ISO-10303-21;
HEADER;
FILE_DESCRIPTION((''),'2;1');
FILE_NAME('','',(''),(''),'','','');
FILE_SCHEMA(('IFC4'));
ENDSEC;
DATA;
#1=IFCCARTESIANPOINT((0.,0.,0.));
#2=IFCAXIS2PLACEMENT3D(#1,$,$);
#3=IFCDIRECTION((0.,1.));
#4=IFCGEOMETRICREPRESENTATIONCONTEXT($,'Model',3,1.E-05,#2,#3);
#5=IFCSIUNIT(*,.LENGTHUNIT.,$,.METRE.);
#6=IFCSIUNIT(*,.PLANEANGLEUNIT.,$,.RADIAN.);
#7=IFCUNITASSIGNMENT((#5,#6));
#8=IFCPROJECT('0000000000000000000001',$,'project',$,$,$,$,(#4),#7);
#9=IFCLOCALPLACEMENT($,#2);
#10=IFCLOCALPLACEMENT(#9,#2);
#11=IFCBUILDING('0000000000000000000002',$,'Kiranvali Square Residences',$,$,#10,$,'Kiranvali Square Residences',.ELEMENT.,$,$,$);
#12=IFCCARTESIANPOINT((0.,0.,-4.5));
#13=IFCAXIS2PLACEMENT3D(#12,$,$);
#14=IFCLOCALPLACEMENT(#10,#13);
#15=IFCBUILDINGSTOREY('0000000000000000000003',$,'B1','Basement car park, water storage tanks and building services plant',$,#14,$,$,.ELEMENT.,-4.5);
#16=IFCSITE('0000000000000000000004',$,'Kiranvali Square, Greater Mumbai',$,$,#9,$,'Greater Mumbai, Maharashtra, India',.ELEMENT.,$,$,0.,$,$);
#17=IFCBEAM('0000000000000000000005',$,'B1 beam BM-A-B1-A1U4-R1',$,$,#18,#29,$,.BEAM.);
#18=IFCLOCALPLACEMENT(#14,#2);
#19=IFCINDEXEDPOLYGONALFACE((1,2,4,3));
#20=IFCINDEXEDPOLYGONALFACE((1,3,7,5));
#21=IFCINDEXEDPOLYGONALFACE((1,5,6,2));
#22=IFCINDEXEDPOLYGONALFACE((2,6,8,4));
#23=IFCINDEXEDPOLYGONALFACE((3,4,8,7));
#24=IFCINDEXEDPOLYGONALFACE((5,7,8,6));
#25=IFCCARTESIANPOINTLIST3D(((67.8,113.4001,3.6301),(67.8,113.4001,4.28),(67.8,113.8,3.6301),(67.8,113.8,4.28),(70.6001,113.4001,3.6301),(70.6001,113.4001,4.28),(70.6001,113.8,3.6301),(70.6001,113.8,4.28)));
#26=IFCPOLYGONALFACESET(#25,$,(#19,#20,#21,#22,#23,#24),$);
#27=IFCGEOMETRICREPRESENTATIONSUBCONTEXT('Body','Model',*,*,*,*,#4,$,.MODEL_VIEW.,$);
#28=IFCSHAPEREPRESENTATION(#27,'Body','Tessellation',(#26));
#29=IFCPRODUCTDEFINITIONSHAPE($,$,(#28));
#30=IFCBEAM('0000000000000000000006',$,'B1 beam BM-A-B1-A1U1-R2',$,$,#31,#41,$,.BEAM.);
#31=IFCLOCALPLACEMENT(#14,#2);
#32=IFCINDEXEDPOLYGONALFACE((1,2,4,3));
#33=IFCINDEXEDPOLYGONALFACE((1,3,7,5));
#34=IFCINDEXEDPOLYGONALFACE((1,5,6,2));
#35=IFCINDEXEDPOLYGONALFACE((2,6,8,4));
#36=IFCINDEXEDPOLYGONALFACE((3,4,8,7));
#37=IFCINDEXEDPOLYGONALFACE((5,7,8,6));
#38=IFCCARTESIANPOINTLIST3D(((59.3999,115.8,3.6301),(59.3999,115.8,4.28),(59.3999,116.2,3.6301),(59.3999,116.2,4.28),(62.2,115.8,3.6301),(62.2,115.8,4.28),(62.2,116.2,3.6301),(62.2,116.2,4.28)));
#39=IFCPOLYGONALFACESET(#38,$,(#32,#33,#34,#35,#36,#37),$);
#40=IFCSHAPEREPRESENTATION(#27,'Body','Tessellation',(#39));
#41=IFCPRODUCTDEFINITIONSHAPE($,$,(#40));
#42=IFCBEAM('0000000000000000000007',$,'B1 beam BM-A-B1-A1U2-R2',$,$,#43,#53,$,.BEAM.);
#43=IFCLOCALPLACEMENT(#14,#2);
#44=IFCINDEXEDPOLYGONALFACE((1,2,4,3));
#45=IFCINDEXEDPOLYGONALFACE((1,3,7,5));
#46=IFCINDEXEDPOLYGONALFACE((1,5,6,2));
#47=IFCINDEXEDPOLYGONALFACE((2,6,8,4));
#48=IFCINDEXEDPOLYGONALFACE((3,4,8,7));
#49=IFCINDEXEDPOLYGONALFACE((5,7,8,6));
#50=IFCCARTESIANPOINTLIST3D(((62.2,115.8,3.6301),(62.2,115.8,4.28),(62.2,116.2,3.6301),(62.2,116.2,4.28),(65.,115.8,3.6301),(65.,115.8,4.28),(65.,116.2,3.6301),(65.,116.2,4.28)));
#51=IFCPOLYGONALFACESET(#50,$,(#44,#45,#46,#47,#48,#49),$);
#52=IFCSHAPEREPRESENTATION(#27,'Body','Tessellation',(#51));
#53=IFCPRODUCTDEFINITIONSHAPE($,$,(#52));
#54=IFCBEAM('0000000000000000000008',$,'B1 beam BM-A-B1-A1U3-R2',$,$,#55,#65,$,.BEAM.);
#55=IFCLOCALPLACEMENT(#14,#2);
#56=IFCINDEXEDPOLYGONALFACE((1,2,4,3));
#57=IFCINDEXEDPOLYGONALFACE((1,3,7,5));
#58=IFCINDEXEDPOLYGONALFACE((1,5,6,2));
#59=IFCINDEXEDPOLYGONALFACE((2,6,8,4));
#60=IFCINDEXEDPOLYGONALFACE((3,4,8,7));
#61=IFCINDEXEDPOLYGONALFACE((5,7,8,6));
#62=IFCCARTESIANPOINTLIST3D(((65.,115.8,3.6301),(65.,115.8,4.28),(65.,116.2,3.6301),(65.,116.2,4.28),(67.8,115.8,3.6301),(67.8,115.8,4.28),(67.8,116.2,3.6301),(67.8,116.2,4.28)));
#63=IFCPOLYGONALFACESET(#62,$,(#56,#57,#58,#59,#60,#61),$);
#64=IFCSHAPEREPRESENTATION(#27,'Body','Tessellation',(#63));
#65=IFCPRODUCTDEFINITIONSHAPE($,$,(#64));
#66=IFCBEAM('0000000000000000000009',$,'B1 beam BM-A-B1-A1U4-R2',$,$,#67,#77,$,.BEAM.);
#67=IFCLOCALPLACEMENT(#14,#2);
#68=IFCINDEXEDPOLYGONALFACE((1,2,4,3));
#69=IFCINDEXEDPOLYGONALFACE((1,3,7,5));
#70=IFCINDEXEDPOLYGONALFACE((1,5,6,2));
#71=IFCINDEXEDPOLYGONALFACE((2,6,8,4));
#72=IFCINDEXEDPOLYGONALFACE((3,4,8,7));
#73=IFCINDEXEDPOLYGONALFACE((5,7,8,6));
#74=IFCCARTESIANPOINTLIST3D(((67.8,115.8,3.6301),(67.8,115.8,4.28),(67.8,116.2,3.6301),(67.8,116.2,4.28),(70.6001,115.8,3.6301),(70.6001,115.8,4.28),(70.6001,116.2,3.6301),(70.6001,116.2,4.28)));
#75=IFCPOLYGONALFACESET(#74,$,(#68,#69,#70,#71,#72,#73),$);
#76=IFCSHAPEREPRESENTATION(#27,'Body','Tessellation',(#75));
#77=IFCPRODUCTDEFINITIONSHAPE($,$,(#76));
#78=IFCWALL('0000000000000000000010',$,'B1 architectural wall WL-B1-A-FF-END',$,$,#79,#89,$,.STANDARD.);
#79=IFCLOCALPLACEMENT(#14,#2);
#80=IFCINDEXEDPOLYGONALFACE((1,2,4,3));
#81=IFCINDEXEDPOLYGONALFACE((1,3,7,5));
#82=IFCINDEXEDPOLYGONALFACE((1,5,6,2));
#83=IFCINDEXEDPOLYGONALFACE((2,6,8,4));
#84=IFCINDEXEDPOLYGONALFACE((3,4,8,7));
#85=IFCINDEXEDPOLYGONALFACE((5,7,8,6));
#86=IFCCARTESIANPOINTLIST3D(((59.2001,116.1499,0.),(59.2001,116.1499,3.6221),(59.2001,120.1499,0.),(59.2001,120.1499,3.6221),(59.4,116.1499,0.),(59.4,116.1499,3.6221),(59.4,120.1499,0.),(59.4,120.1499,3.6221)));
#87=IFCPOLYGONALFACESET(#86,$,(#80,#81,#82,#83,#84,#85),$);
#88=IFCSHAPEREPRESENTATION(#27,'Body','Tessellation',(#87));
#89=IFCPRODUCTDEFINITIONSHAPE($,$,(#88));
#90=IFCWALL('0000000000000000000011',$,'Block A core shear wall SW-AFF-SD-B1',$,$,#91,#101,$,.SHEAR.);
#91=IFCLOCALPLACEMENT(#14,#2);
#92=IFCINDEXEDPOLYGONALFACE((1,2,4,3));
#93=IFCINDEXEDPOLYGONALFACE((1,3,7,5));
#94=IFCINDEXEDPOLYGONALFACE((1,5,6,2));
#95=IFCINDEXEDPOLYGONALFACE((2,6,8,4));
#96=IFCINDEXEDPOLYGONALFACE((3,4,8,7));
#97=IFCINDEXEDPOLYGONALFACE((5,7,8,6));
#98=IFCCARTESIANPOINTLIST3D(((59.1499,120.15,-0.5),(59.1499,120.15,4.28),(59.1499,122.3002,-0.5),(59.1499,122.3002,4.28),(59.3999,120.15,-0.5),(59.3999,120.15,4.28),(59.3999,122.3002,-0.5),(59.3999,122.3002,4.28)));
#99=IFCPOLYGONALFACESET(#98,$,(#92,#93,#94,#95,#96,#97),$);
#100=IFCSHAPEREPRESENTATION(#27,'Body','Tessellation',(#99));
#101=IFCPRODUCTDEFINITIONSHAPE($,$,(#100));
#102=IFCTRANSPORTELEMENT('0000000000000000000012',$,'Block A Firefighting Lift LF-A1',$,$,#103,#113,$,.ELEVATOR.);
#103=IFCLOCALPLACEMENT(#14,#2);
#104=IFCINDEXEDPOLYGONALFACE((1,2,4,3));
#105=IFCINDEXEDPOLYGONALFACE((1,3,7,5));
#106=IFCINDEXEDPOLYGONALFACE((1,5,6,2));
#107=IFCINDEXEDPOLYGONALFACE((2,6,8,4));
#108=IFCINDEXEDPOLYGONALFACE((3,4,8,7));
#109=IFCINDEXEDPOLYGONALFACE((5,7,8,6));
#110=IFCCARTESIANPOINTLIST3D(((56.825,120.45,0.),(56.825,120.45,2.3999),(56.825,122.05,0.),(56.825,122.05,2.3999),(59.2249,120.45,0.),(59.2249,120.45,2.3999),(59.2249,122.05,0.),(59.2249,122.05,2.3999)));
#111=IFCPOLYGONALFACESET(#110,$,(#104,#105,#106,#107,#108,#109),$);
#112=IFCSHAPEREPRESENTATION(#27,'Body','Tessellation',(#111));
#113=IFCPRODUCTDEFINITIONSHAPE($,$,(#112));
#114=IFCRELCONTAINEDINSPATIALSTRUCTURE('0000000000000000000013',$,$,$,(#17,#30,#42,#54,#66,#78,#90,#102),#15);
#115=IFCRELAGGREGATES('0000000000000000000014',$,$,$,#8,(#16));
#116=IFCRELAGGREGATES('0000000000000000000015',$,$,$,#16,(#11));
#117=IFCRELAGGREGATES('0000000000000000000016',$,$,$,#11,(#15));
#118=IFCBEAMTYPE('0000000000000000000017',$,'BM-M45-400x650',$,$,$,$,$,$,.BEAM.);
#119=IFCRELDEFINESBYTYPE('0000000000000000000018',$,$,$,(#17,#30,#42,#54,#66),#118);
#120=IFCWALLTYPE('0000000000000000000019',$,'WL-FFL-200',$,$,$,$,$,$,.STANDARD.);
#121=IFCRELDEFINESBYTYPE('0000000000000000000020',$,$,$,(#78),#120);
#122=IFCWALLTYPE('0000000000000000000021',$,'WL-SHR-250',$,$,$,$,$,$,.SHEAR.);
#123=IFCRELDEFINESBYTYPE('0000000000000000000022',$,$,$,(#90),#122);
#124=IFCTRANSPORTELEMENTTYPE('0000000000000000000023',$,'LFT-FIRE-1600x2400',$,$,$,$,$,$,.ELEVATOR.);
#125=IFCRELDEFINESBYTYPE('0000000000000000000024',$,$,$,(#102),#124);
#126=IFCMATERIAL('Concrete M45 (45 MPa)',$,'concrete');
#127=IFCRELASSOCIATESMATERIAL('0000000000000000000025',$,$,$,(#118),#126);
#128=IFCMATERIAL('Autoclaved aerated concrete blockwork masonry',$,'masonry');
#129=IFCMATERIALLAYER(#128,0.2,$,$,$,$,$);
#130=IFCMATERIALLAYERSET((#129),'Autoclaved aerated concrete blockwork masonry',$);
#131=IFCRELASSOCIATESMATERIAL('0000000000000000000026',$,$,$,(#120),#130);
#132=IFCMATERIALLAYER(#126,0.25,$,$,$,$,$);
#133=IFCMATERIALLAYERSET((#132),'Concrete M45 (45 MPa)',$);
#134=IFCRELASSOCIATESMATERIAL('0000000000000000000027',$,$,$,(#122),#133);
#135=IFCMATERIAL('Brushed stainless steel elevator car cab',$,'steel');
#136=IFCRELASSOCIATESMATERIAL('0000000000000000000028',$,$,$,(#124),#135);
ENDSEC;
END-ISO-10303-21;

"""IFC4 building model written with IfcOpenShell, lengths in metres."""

from ifc_helpers import new_model, si_unit, direction, frame, frame_2d, origin, origin_2d, place, context, subcontext, project, spatial, rectangle, extrude, material, layer, layer_set, material_profile, profile_set, type_object, element, save


model = new_model("IFC4")

# Units and contexts
model_context = context("Model", 3, precision=1e-05, world=origin(), true_north=direction((0.0, 1.0)))
body_context = subcontext(model_context, "Body", "Model", "MODEL_VIEW")
ifc_project = project(units=[si_unit("LENGTHUNIT", "METRE"), si_unit("PLANEANGLEUNIT", "RADIAN")], contexts=[model_context])

# Site, building, storey
site_placement = place(None, origin())
site = spatial("IfcSite", under=ifc_project, at=site_placement, Name="Kiranvali Square, Greater Mumbai", LongName="Greater Mumbai, Maharashtra, India", CompositionType="ELEMENT", RefElevation=0.0)
building_placement = place(site_placement, origin())
building = spatial("IfcBuilding", under=site, at=building_placement, Name="Kiranvali Square Residences", LongName="Kiranvali Square Residences", CompositionType="ELEMENT")
storey_placement = place(building_placement, frame((0.0, 0.0, -4.5)))
storey = spatial("IfcBuildingStorey", under=building, at=storey_placement, Name="B1", Description="Basement car park, water storage tanks and building services plant", CompositionType="ELEMENT", Elevation=-4.5)

# Shared definitions
ifc_material_1 = material(Name="Concrete M45 (45 MPa)", Category="concrete")

# Beams
ifc_material_profile_1 = material_profile(ifc_material_1, rectangle(XDim=0.3999, YDim=0.6499, at=origin_2d()), Name="RC 400x650")
ifc_profile_set_1 = profile_set([ifc_material_profile_1], Name="Concrete M45 (45 MPa)")
beam_type_1 = type_object("IfcBeamType", Name="BM-M45-400x650", PredefinedType="BEAM", material=ifc_profile_set_1)
for number, where, z_axis, x_axis, name in (
    (1, (67.8, 113.6001, 3.9551), (1.0, 0.0, 0.0), (0.0, 1.0, 0.0), "B1 beam BM-A-B1-A1U4-R1"),
    (2, (59.3999, 116.0, 3.9551), (1.0, 0.0, 0.0), (0.0, 1.0, 0.0), "B1 beam BM-A-B1-A1U1-R2"),
    (3, (62.2, 116.0, 3.9551), (1.0, 0.0, 0.0), (0.0, 1.0, 0.0), "B1 beam BM-A-B1-A1U2-R2"),
    (4, (65.0, 116.0, 3.9551), (1.0, 0.0, 0.0), (0.0, 1.0, 0.0), "B1 beam BM-A-B1-A1U3-R2"),
    (5, (67.8, 116.0, 3.9551), (1.0, 0.0, 0.0), (0.0, 1.0, 0.0), "B1 beam BM-A-B1-A1U4-R2"),
):
    element("IfcBeam", number, at=place(storey_placement, frame(where, z_axis=z_axis, x_axis=x_axis)), inside=storey, type_object=beam_type_1, Name=name, PredefinedType="BEAM", context=body_context, shape_type="SweptSolid", body=[
        extrude(rectangle(XDim=0.3999, YDim=0.6499, at=origin_2d()), origin(), (0.0, 0.0, 1.0), 2.8),
    ])

# Walls
ifc_material_2 = material(Name="Autoclaved aerated concrete blockwork masonry", Category="masonry")
ifc_layer_1 = layer(ifc_material_2, 0.2)
ifc_layer_set_1 = layer_set([ifc_layer_1], Name="Autoclaved aerated concrete blockwork masonry")
wall_type_1 = type_object("IfcWallType", Name="WL-FFL-200", PredefinedType="STANDARD", material=ifc_layer_set_1)
wall_1_placement = place(storey_placement, frame((59.3, 116.1499, 0.0), z_axis=(0.0, 0.0, 1.0), x_axis=(0.0, 1.0, 0.0)))
element("IfcWall", 6, at=wall_1_placement, inside=storey, type_object=wall_type_1, Name="B1 architectural wall WL-B1-A-FF-END", PredefinedType="STANDARD", context=body_context, shape_type="SweptSolid", body=[
    extrude(rectangle(XDim=4.0, YDim=0.2, at=frame_2d((2.0, 0.0))), origin(), (0.0, 0.0, 1.0), 3.6221),
])
ifc_layer_2 = layer(ifc_material_1, 0.25)
ifc_layer_set_2 = layer_set([ifc_layer_2], Name="Concrete M45 (45 MPa)")
wall_type_2 = type_object("IfcWallType", Name="WL-SHR-250", PredefinedType="SHEAR", material=ifc_layer_set_2)
wall_2_placement = place(storey_placement, frame((59.2749, 120.1499, -0.5), z_axis=(0.0, 0.0, 1.0), x_axis=(0.0, 1.0, 0.0)))
element("IfcWall", 7, at=wall_2_placement, inside=storey, type_object=wall_type_2, Name="Block A core shear wall SW-AFF-SD-B1", PredefinedType="SHEAR", context=body_context, shape_type="SweptSolid", body=[
    extrude(rectangle(XDim=2.1501, YDim=0.25, at=frame_2d((1.0752, 0.0))), origin(), (0.0, 0.0, 1.0), 4.78),
])

# Transport element
ifc_material_3 = material(Name="Brushed stainless steel elevator car cab", Category="steel")
transport_element_type = type_object("IfcTransportElementType", Name="LFT-FIRE-1600x2400", PredefinedType="ELEVATOR", material=ifc_material_3)
transport_element_placement = place(storey_placement, frame((58.0249, 121.25, 0.0), z_axis=(0.0, 0.0, 1.0), x_axis=(1.0, 0.0, 0.0)))
element("IfcTransportElement", 8, at=transport_element_placement, inside=storey, type_object=transport_element_type, Name="Block A Firefighting Lift LF-A1", PredefinedType="ELEVATOR", context=body_context, shape_type="SweptSolid", body=[
    extrude(rectangle(XDim=2.3999, YDim=1.6001, at=origin_2d()), origin(), (0.0, 0.0, 1.0), 2.3999),
])

save(model, "model.ifc")
